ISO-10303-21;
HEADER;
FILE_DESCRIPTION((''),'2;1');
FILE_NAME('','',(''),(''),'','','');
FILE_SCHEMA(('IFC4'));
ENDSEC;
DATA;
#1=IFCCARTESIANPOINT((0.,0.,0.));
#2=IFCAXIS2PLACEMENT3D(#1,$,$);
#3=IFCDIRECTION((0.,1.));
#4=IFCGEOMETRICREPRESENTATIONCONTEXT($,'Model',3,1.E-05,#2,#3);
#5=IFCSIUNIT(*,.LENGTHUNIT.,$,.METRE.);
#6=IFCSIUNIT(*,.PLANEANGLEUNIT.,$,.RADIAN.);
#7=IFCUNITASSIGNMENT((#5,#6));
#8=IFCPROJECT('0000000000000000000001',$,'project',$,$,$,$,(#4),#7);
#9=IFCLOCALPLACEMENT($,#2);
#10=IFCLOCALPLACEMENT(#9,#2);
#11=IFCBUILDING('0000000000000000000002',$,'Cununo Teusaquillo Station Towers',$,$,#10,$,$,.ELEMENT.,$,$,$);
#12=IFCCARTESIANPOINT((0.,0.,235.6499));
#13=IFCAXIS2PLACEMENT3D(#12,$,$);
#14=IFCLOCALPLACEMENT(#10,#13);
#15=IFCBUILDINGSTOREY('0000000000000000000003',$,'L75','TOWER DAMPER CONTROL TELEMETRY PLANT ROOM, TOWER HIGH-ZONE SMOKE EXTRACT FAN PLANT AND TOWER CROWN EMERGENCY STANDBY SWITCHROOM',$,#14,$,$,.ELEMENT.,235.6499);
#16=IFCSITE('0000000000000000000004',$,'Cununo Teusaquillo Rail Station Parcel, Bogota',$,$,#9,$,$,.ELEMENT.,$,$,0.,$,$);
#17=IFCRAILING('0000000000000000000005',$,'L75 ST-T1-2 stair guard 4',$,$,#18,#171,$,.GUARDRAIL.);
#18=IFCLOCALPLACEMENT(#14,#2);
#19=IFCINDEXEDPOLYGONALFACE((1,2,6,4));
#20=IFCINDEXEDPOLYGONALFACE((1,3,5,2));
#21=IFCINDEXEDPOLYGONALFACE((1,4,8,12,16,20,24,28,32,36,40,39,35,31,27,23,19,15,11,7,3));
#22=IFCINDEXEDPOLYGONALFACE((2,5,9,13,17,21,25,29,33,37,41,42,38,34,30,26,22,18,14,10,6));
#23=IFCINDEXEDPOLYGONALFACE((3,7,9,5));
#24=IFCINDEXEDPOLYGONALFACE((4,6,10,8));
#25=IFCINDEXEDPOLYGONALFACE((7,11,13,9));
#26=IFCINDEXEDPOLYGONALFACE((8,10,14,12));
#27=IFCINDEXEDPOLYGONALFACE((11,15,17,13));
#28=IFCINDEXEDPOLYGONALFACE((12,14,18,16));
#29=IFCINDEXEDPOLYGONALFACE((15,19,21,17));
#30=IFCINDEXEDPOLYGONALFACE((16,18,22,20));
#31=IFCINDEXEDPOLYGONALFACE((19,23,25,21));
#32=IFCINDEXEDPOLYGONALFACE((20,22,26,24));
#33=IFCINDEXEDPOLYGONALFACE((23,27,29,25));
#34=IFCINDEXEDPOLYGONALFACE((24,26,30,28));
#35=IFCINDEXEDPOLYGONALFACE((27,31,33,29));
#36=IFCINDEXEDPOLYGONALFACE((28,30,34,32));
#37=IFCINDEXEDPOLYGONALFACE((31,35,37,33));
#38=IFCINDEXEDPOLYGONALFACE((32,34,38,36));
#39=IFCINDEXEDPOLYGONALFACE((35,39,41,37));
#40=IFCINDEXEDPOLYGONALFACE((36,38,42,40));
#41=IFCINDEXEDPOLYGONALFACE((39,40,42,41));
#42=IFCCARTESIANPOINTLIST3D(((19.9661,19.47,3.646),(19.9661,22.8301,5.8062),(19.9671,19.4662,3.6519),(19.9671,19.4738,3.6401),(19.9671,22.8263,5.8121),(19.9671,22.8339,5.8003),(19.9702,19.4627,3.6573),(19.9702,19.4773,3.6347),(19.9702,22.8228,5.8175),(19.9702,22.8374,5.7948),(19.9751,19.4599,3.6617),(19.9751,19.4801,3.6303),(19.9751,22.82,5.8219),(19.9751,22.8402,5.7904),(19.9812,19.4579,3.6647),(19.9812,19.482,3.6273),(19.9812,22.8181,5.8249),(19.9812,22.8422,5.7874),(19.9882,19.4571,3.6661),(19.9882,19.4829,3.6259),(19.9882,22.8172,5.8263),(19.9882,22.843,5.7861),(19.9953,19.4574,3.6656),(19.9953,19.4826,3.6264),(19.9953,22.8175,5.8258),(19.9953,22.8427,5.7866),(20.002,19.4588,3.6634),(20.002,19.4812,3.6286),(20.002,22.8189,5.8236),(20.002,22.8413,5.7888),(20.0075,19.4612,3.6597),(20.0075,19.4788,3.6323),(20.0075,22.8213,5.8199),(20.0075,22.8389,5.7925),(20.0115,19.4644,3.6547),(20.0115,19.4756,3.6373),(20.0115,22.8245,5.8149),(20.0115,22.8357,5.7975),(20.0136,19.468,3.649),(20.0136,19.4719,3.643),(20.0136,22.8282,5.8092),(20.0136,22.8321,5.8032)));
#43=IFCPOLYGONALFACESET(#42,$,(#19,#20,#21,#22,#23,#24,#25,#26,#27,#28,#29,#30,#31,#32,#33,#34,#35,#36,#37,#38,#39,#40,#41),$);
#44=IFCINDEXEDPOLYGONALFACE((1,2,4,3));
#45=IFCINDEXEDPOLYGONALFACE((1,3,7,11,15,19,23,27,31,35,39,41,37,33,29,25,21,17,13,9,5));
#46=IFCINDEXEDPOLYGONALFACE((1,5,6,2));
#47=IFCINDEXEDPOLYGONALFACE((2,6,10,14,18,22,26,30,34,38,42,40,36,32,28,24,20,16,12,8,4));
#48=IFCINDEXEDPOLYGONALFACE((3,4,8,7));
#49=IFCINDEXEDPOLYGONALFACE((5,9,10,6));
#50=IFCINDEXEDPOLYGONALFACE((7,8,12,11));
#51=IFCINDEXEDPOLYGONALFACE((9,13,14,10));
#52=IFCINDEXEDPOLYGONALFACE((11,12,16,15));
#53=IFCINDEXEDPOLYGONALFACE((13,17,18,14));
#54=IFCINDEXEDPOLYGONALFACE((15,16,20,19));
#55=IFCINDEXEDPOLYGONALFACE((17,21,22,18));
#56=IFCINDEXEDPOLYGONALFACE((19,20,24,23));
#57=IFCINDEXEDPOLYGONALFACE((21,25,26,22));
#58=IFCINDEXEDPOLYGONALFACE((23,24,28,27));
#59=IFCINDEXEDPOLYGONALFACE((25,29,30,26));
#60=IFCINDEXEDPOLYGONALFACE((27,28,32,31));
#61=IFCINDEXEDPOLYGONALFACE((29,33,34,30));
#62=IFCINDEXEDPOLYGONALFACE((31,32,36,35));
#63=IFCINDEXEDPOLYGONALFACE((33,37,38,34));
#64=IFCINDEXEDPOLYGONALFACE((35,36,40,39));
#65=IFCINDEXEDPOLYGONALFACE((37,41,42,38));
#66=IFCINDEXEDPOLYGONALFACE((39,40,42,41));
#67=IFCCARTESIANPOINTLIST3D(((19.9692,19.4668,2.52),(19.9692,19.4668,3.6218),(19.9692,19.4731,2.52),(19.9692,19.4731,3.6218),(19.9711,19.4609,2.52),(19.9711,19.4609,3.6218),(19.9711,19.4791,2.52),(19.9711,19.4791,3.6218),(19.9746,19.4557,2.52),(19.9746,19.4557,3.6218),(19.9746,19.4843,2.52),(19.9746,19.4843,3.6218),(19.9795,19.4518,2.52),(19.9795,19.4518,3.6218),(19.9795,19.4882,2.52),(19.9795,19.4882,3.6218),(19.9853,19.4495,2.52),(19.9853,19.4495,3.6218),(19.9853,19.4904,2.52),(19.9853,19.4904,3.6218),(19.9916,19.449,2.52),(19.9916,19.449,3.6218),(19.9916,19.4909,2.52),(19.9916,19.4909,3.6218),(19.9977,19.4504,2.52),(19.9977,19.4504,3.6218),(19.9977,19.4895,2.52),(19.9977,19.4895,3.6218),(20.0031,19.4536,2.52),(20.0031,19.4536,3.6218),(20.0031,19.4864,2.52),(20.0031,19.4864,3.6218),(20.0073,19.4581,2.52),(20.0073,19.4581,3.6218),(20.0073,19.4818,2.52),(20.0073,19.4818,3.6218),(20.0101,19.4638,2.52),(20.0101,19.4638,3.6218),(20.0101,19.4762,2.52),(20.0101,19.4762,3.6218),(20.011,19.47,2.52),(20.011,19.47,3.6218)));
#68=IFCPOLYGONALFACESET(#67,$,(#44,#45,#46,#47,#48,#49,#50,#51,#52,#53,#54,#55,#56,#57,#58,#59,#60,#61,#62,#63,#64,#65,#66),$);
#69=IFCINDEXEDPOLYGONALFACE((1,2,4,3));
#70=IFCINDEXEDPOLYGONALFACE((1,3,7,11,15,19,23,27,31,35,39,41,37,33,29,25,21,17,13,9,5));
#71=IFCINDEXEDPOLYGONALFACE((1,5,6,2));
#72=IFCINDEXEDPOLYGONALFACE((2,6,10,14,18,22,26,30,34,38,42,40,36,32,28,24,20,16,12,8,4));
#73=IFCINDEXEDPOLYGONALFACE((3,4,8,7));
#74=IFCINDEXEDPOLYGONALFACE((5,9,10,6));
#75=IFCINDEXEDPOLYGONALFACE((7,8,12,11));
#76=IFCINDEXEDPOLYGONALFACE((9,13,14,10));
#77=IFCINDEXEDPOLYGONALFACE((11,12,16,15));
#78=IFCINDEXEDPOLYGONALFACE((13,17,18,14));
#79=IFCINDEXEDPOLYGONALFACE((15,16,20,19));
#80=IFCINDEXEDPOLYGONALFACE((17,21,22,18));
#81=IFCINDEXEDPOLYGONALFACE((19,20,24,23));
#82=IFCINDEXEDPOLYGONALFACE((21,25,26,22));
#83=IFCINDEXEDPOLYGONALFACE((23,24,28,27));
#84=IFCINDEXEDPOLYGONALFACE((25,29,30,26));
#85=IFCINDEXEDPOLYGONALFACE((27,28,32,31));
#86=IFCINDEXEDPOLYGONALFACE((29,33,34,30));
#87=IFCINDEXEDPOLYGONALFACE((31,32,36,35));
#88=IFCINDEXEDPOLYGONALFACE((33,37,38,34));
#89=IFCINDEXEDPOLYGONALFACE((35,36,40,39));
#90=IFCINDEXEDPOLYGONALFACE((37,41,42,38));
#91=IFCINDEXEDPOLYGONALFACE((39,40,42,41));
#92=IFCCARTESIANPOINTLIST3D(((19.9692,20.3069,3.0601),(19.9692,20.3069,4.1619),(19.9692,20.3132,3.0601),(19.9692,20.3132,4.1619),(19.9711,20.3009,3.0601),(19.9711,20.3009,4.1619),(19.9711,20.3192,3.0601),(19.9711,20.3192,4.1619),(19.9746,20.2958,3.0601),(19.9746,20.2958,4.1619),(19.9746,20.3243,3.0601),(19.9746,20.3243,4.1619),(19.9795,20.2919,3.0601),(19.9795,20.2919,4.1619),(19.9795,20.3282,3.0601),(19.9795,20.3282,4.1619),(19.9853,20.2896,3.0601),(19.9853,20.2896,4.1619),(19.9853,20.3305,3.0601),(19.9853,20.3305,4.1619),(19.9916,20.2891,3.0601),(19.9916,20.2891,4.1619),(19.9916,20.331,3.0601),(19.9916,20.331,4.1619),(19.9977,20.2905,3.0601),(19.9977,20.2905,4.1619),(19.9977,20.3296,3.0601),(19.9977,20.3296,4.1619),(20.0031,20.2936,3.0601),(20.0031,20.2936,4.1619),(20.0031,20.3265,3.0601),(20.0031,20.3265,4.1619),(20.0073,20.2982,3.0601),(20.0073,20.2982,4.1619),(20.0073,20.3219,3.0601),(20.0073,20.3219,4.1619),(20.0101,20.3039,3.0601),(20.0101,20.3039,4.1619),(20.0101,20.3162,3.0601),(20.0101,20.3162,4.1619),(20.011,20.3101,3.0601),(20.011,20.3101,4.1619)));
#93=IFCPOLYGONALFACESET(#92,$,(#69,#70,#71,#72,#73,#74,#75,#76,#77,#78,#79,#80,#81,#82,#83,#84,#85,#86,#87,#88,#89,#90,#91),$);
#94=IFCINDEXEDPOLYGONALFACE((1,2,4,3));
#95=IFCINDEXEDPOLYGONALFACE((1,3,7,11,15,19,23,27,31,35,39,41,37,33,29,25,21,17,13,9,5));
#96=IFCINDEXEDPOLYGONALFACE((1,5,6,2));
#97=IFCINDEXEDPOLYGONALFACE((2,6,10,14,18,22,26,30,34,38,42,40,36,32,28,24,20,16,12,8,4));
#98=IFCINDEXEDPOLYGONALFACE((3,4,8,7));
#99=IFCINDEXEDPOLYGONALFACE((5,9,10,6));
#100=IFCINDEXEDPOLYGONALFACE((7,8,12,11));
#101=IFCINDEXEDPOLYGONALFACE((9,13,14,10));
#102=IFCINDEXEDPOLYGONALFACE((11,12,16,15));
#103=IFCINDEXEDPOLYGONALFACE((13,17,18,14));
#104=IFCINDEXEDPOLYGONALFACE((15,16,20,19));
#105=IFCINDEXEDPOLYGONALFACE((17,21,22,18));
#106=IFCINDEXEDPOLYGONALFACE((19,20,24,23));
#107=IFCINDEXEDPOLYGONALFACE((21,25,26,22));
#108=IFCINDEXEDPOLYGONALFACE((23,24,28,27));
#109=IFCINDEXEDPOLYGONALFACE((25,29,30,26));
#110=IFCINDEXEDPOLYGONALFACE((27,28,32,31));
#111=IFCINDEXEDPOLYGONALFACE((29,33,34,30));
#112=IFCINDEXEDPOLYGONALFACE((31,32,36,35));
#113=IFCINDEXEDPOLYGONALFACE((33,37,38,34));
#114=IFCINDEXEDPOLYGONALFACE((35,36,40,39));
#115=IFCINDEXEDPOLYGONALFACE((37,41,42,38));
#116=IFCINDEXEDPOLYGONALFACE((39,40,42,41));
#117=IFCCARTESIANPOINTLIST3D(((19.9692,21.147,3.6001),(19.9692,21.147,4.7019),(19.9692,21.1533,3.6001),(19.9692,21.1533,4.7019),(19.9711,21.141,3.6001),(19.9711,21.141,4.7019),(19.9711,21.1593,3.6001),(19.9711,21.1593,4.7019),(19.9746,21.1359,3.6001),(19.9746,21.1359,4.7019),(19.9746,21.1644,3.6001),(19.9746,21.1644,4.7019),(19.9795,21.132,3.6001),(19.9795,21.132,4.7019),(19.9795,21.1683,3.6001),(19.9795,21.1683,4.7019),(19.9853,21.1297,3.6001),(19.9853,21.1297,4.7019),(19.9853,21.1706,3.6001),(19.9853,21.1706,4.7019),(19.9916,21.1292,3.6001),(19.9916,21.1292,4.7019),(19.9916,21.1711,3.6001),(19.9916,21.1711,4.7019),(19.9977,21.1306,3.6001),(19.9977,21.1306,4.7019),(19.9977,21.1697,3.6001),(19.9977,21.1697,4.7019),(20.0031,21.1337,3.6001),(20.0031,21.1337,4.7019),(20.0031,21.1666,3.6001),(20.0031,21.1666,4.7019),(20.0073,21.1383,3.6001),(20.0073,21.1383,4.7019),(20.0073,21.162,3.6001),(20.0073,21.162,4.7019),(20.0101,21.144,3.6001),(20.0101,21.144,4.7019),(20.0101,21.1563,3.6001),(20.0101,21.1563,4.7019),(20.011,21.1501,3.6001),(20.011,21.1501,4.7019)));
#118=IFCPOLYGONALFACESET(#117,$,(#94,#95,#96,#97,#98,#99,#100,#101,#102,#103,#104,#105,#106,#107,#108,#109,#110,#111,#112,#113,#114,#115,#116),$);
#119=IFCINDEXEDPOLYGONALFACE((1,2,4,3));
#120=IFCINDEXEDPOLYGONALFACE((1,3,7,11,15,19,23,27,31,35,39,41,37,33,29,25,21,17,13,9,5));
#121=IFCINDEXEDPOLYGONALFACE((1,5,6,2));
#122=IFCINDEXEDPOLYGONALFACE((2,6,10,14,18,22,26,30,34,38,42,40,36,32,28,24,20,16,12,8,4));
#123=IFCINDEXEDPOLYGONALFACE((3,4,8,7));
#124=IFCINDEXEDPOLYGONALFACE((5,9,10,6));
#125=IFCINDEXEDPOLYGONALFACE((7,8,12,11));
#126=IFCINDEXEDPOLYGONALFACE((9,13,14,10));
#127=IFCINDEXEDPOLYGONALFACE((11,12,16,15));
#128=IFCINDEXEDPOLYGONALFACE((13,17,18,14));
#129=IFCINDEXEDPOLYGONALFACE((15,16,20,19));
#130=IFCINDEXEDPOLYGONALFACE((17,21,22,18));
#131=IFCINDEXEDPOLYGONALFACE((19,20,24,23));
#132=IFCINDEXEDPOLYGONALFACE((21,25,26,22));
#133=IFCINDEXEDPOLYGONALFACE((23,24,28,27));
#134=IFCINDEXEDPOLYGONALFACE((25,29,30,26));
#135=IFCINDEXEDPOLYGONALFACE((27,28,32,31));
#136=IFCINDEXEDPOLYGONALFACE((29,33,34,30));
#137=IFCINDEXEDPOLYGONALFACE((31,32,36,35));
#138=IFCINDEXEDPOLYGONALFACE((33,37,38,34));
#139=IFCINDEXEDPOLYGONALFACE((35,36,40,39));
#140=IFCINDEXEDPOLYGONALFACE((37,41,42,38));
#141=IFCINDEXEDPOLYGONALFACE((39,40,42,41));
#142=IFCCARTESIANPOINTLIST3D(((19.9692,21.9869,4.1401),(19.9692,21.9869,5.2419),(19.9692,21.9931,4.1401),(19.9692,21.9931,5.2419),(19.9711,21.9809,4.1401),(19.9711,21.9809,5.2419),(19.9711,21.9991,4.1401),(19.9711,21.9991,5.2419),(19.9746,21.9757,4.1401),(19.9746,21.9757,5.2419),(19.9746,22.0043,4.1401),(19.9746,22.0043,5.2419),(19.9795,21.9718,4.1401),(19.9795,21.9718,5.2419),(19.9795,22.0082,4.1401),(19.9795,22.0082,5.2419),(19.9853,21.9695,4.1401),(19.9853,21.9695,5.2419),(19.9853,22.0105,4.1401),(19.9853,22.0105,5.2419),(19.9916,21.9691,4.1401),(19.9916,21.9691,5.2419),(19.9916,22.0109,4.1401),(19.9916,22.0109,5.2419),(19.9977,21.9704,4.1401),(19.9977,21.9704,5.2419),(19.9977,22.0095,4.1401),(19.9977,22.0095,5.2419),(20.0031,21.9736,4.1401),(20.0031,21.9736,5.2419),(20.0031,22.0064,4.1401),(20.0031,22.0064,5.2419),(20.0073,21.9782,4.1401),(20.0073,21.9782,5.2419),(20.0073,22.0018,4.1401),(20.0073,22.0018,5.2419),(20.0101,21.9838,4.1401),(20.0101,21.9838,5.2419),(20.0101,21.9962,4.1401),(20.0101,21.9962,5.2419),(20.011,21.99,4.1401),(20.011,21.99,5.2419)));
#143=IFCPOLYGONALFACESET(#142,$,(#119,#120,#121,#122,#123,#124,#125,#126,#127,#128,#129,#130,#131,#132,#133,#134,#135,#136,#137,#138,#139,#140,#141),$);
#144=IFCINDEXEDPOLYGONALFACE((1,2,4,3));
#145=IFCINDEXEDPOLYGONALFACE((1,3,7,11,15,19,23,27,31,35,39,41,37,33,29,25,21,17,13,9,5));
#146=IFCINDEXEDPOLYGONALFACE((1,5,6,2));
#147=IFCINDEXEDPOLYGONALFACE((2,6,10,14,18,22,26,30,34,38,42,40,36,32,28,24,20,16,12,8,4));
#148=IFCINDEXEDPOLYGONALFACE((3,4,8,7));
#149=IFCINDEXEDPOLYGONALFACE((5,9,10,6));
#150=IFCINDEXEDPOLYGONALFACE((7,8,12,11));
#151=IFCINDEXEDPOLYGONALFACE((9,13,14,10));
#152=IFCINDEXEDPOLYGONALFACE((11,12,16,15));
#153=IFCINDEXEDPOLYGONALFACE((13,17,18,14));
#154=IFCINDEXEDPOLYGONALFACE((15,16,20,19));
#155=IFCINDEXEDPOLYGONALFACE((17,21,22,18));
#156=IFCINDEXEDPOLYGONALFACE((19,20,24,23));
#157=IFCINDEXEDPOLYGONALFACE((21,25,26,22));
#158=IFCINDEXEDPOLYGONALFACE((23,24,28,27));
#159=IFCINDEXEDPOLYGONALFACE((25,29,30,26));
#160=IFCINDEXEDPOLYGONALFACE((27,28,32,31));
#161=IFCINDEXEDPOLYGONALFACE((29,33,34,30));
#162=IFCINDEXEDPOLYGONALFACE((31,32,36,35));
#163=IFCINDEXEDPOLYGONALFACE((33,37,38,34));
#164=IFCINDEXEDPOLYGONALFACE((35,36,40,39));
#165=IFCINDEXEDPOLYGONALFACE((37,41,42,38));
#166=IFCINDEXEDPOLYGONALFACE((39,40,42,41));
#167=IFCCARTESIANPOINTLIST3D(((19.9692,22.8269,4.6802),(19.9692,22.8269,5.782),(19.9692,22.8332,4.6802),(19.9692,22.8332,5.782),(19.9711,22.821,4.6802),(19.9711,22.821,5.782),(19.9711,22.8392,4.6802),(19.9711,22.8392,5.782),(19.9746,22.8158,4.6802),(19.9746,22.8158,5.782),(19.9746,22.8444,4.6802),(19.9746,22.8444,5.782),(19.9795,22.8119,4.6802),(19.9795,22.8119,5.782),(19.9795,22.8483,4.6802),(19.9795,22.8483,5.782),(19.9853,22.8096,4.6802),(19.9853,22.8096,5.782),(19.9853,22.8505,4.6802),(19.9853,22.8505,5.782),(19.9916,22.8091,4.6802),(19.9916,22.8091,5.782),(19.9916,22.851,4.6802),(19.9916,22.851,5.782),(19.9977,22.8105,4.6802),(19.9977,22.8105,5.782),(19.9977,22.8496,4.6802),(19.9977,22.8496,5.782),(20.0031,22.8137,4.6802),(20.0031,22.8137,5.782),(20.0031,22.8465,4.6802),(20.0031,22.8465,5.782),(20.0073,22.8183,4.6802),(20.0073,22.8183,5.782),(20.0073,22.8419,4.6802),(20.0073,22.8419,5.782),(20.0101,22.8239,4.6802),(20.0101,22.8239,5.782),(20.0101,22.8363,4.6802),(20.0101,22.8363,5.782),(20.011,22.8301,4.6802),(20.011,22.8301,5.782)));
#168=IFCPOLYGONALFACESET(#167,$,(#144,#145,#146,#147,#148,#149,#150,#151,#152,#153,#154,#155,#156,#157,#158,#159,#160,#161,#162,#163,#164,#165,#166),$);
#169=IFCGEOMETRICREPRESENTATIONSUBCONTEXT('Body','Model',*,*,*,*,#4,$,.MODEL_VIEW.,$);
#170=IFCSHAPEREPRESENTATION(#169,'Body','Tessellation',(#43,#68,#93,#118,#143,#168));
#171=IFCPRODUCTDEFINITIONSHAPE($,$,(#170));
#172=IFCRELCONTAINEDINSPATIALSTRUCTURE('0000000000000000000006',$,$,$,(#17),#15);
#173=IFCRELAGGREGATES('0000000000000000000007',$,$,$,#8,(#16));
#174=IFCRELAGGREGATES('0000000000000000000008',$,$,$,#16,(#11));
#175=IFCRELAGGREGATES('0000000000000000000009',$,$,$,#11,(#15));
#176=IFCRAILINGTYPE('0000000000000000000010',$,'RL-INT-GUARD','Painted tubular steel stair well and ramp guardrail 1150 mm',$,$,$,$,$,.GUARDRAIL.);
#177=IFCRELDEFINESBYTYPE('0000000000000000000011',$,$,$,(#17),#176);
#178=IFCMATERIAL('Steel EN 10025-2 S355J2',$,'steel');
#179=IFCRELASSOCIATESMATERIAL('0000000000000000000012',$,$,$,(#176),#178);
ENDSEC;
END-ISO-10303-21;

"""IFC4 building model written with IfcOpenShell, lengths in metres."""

from ifc_helpers import new_model, si_unit, direction, frame, origin, origin_2d, place, context, subcontext, project, spatial, circle, extrude, material, type_object, element, save


model = new_model("IFC4")

# Units and contexts
model_context = context("Model", 3, precision=1e-05, world=origin(), true_north=direction((0.0, 1.0)))
body_context = subcontext(model_context, "Body", "Model", "MODEL_VIEW")
ifc_project = project(units=[si_unit("LENGTHUNIT", "METRE"), si_unit("PLANEANGLEUNIT", "RADIAN")], contexts=[model_context])

# Site, building, storey
site_placement = place(None, origin())
site = spatial("IfcSite", under=ifc_project, at=site_placement, Name="Cununo Teusaquillo Rail Station Parcel, Bogota", CompositionType="ELEMENT", RefElevation=0.0)
building_placement = place(site_placement, origin())
building = spatial("IfcBuilding", under=site, at=building_placement, Name="Cununo Teusaquillo Station Towers", CompositionType="ELEMENT")
storey_placement = place(building_placement, frame((0.0, 0.0, 235.6499)))
storey = spatial("IfcBuildingStorey", under=building, at=storey_placement, Name="L75", Description="TOWER DAMPER CONTROL TELEMETRY PLANT ROOM, TOWER HIGH-ZONE SMOKE EXTRACT FAN PLANT AND TOWER CROWN EMERGENCY STANDBY SWITCHROOM", CompositionType="ELEMENT", Elevation=235.6499)

# Railing
ifc_material_1 = material(Name="Steel EN 10025-2 S355J2", Category="steel")
railing_type_1 = type_object("IfcRailingType", Name="RL-INT-GUARD", Description="Painted tubular steel stair well and ramp guardrail 1150 mm", PredefinedType="GUARDRAIL", material=ifc_material_1)
railing_1_placement = place(storey_placement, frame((19.99, 19.47, 2.52)))
element("IfcRailing", 1, at=railing_1_placement, inside=storey, type_object=railing_type_1, Name="L75 ST-T1-2 stair guard 4", PredefinedType="GUARDRAIL", context=body_context, shape_type="SweptSolid", body=[
    extrude(circle(Radius=0.0239, at=origin_2d()), frame((0.0, 0.0, 1.126), z_axis=(0.0, 0.841169, 0.540773), x_axis=(-1.0, 0.0, 0.0)), (0.0, 0.0, 1.0), 3.9946),
    extrude(circle(Radius=0.021, at=origin_2d()), origin(), (0.0, 0.0, 1.0), 1.1018),
    extrude(circle(Radius=0.021, at=origin_2d()), frame((0.0, 0.8401, 0.54)), (0.0, 0.0, 1.0), 1.1018),
    extrude(circle(Radius=0.021, at=origin_2d()), frame((0.0, 1.6802, 1.0801)), (0.0, 0.0, 1.0), 1.1018),
    extrude(circle(Radius=0.021, at=origin_2d()), frame((0.0, 2.52, 1.6201)), (0.0, 0.0, 1.0), 1.1018),
    extrude(circle(Radius=0.021, at=origin_2d()), frame((0.0, 3.3601, 2.1602)), (0.0, 0.0, 1.0), 1.1018),
])

save(model, "model.ifc")
